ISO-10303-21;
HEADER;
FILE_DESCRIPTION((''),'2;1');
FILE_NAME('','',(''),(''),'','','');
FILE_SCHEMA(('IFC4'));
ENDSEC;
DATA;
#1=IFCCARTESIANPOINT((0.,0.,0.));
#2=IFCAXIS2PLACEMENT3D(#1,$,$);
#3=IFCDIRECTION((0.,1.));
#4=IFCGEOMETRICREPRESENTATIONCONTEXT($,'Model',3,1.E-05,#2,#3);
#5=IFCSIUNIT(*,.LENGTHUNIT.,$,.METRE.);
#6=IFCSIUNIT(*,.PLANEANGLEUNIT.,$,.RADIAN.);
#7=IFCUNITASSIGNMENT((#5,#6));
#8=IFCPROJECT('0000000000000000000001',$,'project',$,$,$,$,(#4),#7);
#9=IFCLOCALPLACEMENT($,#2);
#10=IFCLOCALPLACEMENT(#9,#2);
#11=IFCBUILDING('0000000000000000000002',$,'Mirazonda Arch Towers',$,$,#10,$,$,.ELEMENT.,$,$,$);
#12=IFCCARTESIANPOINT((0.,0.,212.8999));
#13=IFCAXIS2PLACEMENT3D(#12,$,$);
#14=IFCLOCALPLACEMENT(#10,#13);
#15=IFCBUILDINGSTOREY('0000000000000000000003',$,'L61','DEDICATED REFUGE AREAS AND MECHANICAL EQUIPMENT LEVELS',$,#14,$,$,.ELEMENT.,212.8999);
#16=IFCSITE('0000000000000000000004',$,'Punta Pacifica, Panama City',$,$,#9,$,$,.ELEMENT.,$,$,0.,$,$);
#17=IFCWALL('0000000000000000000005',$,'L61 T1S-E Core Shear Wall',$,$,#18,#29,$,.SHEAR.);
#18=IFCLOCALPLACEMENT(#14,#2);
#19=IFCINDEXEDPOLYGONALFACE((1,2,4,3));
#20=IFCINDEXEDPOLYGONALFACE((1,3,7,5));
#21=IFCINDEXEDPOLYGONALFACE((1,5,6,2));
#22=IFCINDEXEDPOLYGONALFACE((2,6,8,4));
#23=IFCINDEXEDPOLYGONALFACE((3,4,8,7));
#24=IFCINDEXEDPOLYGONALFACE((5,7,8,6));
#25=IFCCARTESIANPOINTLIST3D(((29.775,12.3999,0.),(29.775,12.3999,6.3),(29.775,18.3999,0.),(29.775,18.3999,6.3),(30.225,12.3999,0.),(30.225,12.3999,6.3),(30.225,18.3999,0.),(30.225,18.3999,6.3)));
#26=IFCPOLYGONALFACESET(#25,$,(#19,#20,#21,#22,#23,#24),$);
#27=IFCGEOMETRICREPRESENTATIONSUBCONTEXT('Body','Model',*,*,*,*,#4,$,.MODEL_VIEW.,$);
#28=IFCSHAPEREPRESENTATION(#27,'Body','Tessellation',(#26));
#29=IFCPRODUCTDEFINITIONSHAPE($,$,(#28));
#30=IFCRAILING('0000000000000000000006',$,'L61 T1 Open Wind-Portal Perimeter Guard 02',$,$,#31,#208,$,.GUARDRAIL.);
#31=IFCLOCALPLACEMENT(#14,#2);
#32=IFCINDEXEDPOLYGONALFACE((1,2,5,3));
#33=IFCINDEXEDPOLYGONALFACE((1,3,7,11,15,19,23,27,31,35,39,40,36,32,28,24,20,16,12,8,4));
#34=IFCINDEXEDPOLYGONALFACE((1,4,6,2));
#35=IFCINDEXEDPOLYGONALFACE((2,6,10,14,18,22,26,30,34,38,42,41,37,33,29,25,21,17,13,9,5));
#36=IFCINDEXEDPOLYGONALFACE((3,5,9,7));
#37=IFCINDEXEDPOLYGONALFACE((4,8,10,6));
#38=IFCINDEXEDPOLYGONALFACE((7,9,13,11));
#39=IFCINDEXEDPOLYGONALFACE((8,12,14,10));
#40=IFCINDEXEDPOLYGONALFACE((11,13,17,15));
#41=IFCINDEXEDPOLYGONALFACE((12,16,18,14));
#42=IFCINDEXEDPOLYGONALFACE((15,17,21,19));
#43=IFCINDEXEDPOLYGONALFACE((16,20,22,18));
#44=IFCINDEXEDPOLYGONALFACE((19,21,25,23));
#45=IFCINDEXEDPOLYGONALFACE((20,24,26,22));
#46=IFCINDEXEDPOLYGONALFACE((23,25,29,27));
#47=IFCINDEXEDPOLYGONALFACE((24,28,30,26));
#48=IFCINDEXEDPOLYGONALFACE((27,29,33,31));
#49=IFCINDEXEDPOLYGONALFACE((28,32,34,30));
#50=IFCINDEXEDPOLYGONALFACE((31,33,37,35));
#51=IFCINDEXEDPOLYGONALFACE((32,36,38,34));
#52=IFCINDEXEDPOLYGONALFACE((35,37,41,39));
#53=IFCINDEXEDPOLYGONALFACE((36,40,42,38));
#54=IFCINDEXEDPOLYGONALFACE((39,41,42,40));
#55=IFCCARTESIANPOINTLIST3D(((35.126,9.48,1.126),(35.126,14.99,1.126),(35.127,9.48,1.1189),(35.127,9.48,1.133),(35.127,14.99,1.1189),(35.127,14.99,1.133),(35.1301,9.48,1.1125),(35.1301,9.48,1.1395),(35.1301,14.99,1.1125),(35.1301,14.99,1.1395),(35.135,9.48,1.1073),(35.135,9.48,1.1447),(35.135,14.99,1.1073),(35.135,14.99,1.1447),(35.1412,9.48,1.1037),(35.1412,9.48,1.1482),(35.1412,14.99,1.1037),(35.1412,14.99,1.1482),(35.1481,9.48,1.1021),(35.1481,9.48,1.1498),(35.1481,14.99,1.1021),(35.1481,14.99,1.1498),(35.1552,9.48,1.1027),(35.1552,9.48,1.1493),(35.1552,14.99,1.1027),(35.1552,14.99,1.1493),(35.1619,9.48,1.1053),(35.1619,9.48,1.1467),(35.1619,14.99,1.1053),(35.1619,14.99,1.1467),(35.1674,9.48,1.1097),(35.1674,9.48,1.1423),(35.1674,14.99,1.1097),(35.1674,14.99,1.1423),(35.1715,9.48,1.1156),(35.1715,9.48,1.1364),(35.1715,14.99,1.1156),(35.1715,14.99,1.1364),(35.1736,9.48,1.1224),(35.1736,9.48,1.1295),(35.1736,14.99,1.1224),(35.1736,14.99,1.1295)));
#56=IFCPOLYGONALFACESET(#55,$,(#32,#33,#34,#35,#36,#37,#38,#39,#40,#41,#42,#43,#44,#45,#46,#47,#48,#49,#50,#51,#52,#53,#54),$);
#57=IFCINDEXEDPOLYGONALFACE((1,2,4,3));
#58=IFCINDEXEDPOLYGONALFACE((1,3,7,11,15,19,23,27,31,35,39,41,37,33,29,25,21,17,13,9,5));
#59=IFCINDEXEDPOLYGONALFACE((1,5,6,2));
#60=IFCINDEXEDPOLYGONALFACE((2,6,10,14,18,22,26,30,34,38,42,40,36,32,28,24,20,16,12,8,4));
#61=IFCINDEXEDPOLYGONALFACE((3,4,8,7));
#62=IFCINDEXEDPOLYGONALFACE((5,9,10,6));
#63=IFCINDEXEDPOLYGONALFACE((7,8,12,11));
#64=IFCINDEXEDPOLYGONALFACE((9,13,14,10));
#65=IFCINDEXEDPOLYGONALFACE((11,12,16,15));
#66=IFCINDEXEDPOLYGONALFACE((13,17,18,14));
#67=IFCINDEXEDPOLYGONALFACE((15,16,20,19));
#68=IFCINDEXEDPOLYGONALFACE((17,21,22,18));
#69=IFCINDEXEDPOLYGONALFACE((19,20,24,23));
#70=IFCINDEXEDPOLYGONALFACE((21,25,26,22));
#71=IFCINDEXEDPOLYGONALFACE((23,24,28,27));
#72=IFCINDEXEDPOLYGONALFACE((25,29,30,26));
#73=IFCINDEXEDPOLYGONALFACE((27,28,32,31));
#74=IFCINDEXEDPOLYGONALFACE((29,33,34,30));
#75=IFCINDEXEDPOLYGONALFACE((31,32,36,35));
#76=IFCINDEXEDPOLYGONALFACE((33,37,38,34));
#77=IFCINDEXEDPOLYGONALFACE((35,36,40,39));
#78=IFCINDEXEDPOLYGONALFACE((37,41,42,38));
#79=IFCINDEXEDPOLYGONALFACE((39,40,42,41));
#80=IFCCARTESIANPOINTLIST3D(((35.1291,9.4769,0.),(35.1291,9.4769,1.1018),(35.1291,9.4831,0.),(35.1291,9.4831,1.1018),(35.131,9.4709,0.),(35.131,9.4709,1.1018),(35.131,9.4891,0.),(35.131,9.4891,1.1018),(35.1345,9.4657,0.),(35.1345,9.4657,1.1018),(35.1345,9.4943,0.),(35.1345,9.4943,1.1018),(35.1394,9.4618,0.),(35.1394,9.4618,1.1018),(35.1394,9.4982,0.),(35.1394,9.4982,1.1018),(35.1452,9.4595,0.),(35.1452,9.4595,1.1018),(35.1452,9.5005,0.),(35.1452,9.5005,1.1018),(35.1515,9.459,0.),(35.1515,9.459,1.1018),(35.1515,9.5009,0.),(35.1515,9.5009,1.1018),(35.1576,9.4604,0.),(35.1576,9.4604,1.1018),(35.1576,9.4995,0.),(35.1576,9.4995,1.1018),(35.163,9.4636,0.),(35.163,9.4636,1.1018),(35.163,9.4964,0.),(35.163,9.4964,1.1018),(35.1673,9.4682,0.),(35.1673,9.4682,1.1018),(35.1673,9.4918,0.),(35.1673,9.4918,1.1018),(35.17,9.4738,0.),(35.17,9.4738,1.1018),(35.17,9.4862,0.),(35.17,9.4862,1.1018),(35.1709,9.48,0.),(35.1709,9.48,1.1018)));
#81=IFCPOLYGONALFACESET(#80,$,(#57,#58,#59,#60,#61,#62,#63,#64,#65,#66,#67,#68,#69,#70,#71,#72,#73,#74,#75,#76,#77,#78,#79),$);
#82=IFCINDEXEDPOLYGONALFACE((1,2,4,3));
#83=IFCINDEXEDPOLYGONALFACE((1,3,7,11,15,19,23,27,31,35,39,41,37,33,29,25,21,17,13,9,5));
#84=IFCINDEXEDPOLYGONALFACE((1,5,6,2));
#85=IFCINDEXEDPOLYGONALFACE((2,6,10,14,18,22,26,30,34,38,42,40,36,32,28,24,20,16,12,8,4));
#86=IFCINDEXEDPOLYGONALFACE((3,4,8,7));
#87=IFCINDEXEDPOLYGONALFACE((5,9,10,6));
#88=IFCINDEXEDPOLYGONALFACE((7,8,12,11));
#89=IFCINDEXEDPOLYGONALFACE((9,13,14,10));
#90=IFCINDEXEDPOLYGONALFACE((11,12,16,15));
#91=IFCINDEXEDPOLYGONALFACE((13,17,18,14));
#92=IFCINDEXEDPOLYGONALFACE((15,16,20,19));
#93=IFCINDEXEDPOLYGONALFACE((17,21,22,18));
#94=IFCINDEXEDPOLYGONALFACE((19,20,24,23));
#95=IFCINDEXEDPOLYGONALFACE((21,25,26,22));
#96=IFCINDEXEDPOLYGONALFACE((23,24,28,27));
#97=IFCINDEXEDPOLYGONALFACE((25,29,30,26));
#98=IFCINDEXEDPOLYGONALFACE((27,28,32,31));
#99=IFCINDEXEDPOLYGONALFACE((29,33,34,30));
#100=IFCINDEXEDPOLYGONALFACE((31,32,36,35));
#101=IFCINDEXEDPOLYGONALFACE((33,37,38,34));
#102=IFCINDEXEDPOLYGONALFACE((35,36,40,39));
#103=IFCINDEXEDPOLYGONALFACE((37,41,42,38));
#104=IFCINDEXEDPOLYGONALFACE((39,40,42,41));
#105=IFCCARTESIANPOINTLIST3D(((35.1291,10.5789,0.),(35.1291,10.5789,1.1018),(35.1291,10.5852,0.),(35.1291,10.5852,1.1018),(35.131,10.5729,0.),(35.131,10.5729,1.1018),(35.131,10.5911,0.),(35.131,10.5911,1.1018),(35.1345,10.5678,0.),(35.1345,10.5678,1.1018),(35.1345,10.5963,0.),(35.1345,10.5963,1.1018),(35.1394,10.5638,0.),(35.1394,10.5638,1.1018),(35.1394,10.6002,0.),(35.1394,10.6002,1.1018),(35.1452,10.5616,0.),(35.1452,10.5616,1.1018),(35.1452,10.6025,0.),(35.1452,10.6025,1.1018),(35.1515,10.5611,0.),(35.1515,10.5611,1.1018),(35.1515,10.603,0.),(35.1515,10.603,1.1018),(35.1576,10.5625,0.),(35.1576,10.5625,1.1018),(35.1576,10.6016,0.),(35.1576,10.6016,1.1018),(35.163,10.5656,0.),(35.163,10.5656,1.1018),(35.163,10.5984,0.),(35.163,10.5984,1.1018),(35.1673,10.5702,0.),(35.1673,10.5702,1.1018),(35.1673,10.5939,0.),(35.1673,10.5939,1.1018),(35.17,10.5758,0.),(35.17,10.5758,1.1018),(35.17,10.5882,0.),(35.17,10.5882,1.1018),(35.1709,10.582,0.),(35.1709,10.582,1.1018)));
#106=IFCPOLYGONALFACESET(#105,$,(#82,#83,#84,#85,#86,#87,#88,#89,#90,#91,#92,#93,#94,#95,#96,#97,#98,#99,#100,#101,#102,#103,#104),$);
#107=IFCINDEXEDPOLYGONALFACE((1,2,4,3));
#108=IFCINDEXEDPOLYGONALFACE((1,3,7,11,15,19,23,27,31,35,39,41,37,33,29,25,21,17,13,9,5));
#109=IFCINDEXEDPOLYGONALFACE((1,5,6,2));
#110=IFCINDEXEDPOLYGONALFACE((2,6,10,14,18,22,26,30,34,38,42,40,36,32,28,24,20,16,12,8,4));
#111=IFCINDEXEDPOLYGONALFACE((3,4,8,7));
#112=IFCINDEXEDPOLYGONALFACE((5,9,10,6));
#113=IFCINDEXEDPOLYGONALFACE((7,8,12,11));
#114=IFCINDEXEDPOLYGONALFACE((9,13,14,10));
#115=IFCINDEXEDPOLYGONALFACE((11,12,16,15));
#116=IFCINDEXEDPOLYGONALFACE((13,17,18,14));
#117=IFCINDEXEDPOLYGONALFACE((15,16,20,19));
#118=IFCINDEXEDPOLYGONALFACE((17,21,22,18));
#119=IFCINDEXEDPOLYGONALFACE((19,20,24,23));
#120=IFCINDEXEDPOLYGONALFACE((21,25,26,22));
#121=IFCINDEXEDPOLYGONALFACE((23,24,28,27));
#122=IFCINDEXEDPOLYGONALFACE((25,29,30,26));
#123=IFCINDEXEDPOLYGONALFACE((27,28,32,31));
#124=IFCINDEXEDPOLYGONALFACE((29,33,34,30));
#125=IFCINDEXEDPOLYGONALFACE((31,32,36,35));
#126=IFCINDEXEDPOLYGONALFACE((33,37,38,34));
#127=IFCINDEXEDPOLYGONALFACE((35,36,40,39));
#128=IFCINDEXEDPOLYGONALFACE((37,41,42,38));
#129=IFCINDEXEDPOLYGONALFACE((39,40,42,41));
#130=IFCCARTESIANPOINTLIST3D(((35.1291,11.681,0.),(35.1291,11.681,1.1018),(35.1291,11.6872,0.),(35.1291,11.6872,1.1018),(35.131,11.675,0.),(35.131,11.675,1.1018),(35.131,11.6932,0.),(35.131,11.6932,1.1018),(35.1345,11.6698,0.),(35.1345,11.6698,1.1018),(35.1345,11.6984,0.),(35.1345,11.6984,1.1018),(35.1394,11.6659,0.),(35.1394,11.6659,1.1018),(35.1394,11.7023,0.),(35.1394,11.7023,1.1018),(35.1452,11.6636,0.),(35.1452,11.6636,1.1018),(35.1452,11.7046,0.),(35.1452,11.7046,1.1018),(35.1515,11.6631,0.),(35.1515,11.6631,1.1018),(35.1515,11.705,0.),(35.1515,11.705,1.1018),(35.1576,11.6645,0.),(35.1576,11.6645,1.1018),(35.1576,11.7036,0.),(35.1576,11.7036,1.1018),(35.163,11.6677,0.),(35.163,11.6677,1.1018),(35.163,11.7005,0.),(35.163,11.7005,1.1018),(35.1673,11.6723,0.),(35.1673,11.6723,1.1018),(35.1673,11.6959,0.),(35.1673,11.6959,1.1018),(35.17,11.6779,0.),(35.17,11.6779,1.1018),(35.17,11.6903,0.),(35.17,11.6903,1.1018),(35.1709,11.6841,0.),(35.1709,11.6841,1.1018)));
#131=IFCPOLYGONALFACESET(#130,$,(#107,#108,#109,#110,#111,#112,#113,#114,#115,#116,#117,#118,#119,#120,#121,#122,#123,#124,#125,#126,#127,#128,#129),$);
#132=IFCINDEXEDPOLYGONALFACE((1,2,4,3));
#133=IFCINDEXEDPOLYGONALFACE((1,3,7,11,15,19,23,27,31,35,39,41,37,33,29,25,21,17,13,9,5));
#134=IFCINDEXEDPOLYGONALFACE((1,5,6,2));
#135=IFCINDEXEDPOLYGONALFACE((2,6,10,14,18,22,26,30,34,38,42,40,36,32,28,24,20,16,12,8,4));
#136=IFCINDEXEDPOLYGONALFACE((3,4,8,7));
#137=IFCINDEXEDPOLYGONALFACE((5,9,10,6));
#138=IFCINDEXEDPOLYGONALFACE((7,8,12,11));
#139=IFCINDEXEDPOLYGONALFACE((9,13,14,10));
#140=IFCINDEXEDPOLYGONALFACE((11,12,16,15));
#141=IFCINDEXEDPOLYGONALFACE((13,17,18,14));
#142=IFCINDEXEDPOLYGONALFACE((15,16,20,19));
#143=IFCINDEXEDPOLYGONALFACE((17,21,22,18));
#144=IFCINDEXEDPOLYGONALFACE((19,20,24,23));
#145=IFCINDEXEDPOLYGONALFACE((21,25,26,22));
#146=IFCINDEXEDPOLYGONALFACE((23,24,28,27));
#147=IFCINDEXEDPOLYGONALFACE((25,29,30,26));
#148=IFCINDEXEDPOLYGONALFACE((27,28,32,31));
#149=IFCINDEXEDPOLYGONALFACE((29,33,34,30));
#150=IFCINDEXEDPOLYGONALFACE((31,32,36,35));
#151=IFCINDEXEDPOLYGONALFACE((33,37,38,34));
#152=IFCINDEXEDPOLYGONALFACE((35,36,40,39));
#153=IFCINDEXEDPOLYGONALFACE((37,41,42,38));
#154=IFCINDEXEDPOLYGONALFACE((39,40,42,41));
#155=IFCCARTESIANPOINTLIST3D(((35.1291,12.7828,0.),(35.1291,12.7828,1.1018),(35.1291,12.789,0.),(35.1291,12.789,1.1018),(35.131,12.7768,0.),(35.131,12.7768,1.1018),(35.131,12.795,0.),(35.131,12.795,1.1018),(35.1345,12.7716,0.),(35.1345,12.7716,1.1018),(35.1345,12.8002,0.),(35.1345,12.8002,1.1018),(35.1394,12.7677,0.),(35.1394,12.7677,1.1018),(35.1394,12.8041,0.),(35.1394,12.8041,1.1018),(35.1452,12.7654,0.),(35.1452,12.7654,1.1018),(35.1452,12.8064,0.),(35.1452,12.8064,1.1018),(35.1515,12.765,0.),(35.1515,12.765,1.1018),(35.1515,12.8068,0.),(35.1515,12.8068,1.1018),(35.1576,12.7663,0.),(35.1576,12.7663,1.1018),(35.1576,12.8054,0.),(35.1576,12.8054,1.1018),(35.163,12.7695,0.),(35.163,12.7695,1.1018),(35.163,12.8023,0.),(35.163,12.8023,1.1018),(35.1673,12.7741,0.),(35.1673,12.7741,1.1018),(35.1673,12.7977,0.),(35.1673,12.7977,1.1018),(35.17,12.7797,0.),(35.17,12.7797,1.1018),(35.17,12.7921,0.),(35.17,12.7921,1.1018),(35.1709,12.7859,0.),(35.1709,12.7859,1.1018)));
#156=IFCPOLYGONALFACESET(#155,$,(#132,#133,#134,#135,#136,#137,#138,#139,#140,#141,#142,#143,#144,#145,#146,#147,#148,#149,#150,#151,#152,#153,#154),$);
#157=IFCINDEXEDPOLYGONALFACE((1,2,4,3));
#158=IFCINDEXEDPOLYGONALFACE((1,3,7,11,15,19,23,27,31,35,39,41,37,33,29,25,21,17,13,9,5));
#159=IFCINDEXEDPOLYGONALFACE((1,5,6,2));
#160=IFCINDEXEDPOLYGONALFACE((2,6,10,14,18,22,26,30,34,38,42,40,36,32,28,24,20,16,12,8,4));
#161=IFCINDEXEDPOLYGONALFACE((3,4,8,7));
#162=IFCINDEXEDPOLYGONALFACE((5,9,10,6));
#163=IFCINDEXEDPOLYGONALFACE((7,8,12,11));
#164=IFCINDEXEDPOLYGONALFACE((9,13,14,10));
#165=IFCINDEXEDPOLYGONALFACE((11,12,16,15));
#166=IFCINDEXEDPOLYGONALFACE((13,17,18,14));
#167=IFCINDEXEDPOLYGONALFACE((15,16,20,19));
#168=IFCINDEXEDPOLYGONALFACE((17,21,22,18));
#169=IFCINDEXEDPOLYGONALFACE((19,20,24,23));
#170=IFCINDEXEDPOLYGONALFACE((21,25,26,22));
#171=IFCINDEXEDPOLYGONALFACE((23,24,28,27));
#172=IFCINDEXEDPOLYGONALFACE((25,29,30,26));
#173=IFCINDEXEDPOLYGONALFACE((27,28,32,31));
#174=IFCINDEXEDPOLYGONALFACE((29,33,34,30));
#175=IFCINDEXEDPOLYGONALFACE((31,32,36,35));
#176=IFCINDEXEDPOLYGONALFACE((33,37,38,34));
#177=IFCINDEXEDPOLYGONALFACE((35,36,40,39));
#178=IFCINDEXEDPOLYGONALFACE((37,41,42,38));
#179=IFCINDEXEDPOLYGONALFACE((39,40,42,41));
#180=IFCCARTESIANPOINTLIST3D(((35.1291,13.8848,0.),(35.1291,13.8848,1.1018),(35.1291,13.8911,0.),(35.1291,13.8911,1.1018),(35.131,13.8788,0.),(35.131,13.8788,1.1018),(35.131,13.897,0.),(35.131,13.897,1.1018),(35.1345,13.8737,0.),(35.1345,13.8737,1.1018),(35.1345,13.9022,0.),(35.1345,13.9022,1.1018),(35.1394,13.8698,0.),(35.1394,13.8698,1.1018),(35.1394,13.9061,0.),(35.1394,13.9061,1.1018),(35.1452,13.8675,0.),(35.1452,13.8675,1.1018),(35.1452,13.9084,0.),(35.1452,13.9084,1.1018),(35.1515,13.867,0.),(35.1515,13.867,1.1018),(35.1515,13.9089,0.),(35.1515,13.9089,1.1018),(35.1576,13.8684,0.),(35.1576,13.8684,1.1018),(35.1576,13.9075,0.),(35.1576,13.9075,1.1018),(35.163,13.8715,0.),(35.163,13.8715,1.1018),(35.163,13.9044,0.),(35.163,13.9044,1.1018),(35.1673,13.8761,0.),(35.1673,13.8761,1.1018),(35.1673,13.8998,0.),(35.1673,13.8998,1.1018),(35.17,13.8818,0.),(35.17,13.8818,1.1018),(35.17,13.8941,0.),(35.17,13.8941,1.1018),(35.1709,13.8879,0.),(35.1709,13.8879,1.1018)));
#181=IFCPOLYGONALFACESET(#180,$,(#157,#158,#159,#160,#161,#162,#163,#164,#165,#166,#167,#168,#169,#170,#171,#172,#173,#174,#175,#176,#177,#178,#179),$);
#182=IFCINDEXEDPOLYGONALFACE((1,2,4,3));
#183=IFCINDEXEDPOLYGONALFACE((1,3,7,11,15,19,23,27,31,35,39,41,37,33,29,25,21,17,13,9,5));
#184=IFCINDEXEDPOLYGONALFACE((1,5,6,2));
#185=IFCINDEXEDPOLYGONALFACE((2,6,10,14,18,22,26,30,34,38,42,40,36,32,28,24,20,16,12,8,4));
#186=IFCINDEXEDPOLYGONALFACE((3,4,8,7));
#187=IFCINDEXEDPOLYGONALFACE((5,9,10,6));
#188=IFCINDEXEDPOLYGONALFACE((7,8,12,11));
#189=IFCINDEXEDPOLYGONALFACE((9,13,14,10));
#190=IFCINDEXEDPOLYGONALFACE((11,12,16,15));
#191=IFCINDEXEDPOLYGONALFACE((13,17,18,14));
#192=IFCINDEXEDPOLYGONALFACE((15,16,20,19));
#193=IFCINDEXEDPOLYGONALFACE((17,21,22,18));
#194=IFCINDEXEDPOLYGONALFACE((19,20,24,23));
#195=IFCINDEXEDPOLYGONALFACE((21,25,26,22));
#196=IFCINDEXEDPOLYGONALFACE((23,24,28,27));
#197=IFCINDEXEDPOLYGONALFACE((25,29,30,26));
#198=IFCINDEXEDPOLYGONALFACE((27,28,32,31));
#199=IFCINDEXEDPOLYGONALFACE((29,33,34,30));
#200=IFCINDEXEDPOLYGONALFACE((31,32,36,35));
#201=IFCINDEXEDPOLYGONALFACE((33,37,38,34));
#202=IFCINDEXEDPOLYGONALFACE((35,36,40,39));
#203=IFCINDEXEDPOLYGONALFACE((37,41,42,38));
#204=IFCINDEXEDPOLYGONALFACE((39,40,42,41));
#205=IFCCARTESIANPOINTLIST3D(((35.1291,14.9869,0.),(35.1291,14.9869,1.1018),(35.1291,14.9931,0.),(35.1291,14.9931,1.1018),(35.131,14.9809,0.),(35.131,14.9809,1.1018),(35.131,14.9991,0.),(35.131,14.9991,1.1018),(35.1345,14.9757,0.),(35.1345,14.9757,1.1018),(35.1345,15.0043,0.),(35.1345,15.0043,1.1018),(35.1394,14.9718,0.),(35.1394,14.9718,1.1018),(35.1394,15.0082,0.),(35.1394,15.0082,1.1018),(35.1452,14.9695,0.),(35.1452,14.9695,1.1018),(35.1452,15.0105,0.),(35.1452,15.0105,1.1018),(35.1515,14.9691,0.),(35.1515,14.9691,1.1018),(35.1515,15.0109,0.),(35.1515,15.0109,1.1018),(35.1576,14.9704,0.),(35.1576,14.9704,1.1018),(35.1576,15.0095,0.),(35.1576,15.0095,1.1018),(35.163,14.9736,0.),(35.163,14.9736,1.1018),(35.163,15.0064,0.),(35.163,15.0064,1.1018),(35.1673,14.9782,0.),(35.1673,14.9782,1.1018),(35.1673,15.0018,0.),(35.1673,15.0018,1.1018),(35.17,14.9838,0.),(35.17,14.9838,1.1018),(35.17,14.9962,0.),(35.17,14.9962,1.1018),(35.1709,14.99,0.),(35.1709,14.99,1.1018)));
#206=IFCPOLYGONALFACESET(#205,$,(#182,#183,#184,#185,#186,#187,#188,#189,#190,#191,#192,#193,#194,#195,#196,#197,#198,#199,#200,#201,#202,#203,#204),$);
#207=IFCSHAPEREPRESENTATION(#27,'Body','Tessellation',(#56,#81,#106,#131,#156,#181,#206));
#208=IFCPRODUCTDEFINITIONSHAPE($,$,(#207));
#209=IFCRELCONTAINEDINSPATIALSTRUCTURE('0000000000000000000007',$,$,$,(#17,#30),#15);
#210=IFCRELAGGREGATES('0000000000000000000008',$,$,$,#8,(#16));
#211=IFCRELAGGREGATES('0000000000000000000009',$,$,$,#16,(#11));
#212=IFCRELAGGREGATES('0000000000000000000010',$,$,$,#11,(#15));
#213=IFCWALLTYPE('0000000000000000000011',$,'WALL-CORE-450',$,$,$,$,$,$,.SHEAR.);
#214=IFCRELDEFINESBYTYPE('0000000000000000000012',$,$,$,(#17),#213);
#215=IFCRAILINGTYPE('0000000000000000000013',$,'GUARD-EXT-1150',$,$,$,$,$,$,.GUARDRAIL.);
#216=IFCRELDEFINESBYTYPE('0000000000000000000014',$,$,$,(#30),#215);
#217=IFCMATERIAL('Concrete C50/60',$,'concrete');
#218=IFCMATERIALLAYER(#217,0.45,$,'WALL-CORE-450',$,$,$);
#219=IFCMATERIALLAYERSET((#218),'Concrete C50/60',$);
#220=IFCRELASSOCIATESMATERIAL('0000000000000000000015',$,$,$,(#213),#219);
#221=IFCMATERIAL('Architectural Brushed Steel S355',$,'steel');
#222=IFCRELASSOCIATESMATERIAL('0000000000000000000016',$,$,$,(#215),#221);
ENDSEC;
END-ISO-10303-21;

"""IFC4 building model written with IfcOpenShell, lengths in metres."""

from ifc_helpers import new_model, si_unit, direction, frame, frame_2d, origin, origin_2d, place, context, subcontext, project, spatial, rectangle, circle, extrude, material, layer, layer_set, type_object, element, save


model = new_model("IFC4")

# Units and contexts
model_context = context("Model", 3, precision=1e-05, world=origin(), true_north=direction((0.0, 1.0)))
body_context = subcontext(model_context, "Body", "Model", "MODEL_VIEW")
ifc_project = project(units=[si_unit("LENGTHUNIT", "METRE"), si_unit("PLANEANGLEUNIT", "RADIAN")], contexts=[model_context])

# Site, building, storey
site_placement = place(None, origin())
site = spatial("IfcSite", under=ifc_project, at=site_placement, Name="Punta Pacifica, Panama City", CompositionType="ELEMENT", RefElevation=0.0)
building_placement = place(site_placement, origin())
building = spatial("IfcBuilding", under=site, at=building_placement, Name="Mirazonda Arch Towers", CompositionType="ELEMENT")
storey_placement = place(building_placement, frame((0.0, 0.0, 212.8999)))
storey = spatial("IfcBuildingStorey", under=building, at=storey_placement, Name="L61", Description="DEDICATED REFUGE AREAS AND MECHANICAL EQUIPMENT LEVELS", CompositionType="ELEMENT", Elevation=212.8999)

# Shared definitions
ifc_material_1 = material(Name="Concrete C50/60", Category="concrete")

# Wall
ifc_layer_1 = layer(ifc_material_1, 0.45, Name="WALL-CORE-450")
ifc_layer_set_1 = layer_set([ifc_layer_1], Name="Concrete C50/60")
wall_type = type_object("IfcWallType", Name="WALL-CORE-450", PredefinedType="SHEAR", material=ifc_layer_set_1)
wall_placement = place(storey_placement, frame((30.0, 12.3999, 0.0), z_axis=(0.0, 0.0, 1.0), x_axis=(0.0, 1.0, 0.0)))
element("IfcWall", 1, at=wall_placement, inside=storey, type_object=wall_type, Name="L61 T1S-E Core Shear Wall", PredefinedType="SHEAR", context=body_context, shape_type="SweptSolid", body=[
    extrude(rectangle(XDim=6.0, YDim=0.45, at=frame_2d((3.0, 0.0))), origin(), (0.0, 0.0, 1.0), 6.3),
])

# Railing
ifc_material_2 = material(Name="Architectural Brushed Steel S355", Category="steel")
railing_type = type_object("IfcRailingType", Name="GUARD-EXT-1150", PredefinedType="GUARDRAIL", material=ifc_material_2)
railing_1_placement = place(storey_placement, frame((35.1499, 9.48, 0.0)))
element("IfcRailing", 2, at=railing_1_placement, inside=storey, type_object=railing_type, Name="L61 T1 Open Wind-Portal Perimeter Guard 02", PredefinedType="GUARDRAIL", context=body_context, shape_type="SweptSolid", body=[
    extrude(circle(Radius=0.0239, at=origin_2d()), frame((0.0, 0.0, 1.126), z_axis=(0.0, 1.0, 0.0), x_axis=(-1.0, 0.0, 0.0)), (0.0, 0.0, 1.0), 5.51),
    extrude(circle(Radius=0.021, at=origin_2d()), origin(), (0.0, 0.0, 1.0), 1.1018),
    extrude(circle(Radius=0.021, at=origin_2d()), frame((0.0, 1.1021, 0.0)), (0.0, 0.0, 1.0), 1.1018),
    extrude(circle(Radius=0.021, at=origin_2d()), frame((0.0, 2.2041, 0.0)), (0.0, 0.0, 1.0), 1.1018),
    extrude(circle(Radius=0.021, at=origin_2d()), frame((0.0, 3.3059, 0.0)), (0.0, 0.0, 1.0), 1.1018),
    extrude(circle(Radius=0.021, at=origin_2d()), frame((0.0, 4.408, 0.0)), (0.0, 0.0, 1.0), 1.1018),
    extrude(circle(Radius=0.021, at=origin_2d()), frame((0.0, 5.51, 0.0)), (0.0, 0.0, 1.0), 1.1018),
])

save(model, "model.ifc")
